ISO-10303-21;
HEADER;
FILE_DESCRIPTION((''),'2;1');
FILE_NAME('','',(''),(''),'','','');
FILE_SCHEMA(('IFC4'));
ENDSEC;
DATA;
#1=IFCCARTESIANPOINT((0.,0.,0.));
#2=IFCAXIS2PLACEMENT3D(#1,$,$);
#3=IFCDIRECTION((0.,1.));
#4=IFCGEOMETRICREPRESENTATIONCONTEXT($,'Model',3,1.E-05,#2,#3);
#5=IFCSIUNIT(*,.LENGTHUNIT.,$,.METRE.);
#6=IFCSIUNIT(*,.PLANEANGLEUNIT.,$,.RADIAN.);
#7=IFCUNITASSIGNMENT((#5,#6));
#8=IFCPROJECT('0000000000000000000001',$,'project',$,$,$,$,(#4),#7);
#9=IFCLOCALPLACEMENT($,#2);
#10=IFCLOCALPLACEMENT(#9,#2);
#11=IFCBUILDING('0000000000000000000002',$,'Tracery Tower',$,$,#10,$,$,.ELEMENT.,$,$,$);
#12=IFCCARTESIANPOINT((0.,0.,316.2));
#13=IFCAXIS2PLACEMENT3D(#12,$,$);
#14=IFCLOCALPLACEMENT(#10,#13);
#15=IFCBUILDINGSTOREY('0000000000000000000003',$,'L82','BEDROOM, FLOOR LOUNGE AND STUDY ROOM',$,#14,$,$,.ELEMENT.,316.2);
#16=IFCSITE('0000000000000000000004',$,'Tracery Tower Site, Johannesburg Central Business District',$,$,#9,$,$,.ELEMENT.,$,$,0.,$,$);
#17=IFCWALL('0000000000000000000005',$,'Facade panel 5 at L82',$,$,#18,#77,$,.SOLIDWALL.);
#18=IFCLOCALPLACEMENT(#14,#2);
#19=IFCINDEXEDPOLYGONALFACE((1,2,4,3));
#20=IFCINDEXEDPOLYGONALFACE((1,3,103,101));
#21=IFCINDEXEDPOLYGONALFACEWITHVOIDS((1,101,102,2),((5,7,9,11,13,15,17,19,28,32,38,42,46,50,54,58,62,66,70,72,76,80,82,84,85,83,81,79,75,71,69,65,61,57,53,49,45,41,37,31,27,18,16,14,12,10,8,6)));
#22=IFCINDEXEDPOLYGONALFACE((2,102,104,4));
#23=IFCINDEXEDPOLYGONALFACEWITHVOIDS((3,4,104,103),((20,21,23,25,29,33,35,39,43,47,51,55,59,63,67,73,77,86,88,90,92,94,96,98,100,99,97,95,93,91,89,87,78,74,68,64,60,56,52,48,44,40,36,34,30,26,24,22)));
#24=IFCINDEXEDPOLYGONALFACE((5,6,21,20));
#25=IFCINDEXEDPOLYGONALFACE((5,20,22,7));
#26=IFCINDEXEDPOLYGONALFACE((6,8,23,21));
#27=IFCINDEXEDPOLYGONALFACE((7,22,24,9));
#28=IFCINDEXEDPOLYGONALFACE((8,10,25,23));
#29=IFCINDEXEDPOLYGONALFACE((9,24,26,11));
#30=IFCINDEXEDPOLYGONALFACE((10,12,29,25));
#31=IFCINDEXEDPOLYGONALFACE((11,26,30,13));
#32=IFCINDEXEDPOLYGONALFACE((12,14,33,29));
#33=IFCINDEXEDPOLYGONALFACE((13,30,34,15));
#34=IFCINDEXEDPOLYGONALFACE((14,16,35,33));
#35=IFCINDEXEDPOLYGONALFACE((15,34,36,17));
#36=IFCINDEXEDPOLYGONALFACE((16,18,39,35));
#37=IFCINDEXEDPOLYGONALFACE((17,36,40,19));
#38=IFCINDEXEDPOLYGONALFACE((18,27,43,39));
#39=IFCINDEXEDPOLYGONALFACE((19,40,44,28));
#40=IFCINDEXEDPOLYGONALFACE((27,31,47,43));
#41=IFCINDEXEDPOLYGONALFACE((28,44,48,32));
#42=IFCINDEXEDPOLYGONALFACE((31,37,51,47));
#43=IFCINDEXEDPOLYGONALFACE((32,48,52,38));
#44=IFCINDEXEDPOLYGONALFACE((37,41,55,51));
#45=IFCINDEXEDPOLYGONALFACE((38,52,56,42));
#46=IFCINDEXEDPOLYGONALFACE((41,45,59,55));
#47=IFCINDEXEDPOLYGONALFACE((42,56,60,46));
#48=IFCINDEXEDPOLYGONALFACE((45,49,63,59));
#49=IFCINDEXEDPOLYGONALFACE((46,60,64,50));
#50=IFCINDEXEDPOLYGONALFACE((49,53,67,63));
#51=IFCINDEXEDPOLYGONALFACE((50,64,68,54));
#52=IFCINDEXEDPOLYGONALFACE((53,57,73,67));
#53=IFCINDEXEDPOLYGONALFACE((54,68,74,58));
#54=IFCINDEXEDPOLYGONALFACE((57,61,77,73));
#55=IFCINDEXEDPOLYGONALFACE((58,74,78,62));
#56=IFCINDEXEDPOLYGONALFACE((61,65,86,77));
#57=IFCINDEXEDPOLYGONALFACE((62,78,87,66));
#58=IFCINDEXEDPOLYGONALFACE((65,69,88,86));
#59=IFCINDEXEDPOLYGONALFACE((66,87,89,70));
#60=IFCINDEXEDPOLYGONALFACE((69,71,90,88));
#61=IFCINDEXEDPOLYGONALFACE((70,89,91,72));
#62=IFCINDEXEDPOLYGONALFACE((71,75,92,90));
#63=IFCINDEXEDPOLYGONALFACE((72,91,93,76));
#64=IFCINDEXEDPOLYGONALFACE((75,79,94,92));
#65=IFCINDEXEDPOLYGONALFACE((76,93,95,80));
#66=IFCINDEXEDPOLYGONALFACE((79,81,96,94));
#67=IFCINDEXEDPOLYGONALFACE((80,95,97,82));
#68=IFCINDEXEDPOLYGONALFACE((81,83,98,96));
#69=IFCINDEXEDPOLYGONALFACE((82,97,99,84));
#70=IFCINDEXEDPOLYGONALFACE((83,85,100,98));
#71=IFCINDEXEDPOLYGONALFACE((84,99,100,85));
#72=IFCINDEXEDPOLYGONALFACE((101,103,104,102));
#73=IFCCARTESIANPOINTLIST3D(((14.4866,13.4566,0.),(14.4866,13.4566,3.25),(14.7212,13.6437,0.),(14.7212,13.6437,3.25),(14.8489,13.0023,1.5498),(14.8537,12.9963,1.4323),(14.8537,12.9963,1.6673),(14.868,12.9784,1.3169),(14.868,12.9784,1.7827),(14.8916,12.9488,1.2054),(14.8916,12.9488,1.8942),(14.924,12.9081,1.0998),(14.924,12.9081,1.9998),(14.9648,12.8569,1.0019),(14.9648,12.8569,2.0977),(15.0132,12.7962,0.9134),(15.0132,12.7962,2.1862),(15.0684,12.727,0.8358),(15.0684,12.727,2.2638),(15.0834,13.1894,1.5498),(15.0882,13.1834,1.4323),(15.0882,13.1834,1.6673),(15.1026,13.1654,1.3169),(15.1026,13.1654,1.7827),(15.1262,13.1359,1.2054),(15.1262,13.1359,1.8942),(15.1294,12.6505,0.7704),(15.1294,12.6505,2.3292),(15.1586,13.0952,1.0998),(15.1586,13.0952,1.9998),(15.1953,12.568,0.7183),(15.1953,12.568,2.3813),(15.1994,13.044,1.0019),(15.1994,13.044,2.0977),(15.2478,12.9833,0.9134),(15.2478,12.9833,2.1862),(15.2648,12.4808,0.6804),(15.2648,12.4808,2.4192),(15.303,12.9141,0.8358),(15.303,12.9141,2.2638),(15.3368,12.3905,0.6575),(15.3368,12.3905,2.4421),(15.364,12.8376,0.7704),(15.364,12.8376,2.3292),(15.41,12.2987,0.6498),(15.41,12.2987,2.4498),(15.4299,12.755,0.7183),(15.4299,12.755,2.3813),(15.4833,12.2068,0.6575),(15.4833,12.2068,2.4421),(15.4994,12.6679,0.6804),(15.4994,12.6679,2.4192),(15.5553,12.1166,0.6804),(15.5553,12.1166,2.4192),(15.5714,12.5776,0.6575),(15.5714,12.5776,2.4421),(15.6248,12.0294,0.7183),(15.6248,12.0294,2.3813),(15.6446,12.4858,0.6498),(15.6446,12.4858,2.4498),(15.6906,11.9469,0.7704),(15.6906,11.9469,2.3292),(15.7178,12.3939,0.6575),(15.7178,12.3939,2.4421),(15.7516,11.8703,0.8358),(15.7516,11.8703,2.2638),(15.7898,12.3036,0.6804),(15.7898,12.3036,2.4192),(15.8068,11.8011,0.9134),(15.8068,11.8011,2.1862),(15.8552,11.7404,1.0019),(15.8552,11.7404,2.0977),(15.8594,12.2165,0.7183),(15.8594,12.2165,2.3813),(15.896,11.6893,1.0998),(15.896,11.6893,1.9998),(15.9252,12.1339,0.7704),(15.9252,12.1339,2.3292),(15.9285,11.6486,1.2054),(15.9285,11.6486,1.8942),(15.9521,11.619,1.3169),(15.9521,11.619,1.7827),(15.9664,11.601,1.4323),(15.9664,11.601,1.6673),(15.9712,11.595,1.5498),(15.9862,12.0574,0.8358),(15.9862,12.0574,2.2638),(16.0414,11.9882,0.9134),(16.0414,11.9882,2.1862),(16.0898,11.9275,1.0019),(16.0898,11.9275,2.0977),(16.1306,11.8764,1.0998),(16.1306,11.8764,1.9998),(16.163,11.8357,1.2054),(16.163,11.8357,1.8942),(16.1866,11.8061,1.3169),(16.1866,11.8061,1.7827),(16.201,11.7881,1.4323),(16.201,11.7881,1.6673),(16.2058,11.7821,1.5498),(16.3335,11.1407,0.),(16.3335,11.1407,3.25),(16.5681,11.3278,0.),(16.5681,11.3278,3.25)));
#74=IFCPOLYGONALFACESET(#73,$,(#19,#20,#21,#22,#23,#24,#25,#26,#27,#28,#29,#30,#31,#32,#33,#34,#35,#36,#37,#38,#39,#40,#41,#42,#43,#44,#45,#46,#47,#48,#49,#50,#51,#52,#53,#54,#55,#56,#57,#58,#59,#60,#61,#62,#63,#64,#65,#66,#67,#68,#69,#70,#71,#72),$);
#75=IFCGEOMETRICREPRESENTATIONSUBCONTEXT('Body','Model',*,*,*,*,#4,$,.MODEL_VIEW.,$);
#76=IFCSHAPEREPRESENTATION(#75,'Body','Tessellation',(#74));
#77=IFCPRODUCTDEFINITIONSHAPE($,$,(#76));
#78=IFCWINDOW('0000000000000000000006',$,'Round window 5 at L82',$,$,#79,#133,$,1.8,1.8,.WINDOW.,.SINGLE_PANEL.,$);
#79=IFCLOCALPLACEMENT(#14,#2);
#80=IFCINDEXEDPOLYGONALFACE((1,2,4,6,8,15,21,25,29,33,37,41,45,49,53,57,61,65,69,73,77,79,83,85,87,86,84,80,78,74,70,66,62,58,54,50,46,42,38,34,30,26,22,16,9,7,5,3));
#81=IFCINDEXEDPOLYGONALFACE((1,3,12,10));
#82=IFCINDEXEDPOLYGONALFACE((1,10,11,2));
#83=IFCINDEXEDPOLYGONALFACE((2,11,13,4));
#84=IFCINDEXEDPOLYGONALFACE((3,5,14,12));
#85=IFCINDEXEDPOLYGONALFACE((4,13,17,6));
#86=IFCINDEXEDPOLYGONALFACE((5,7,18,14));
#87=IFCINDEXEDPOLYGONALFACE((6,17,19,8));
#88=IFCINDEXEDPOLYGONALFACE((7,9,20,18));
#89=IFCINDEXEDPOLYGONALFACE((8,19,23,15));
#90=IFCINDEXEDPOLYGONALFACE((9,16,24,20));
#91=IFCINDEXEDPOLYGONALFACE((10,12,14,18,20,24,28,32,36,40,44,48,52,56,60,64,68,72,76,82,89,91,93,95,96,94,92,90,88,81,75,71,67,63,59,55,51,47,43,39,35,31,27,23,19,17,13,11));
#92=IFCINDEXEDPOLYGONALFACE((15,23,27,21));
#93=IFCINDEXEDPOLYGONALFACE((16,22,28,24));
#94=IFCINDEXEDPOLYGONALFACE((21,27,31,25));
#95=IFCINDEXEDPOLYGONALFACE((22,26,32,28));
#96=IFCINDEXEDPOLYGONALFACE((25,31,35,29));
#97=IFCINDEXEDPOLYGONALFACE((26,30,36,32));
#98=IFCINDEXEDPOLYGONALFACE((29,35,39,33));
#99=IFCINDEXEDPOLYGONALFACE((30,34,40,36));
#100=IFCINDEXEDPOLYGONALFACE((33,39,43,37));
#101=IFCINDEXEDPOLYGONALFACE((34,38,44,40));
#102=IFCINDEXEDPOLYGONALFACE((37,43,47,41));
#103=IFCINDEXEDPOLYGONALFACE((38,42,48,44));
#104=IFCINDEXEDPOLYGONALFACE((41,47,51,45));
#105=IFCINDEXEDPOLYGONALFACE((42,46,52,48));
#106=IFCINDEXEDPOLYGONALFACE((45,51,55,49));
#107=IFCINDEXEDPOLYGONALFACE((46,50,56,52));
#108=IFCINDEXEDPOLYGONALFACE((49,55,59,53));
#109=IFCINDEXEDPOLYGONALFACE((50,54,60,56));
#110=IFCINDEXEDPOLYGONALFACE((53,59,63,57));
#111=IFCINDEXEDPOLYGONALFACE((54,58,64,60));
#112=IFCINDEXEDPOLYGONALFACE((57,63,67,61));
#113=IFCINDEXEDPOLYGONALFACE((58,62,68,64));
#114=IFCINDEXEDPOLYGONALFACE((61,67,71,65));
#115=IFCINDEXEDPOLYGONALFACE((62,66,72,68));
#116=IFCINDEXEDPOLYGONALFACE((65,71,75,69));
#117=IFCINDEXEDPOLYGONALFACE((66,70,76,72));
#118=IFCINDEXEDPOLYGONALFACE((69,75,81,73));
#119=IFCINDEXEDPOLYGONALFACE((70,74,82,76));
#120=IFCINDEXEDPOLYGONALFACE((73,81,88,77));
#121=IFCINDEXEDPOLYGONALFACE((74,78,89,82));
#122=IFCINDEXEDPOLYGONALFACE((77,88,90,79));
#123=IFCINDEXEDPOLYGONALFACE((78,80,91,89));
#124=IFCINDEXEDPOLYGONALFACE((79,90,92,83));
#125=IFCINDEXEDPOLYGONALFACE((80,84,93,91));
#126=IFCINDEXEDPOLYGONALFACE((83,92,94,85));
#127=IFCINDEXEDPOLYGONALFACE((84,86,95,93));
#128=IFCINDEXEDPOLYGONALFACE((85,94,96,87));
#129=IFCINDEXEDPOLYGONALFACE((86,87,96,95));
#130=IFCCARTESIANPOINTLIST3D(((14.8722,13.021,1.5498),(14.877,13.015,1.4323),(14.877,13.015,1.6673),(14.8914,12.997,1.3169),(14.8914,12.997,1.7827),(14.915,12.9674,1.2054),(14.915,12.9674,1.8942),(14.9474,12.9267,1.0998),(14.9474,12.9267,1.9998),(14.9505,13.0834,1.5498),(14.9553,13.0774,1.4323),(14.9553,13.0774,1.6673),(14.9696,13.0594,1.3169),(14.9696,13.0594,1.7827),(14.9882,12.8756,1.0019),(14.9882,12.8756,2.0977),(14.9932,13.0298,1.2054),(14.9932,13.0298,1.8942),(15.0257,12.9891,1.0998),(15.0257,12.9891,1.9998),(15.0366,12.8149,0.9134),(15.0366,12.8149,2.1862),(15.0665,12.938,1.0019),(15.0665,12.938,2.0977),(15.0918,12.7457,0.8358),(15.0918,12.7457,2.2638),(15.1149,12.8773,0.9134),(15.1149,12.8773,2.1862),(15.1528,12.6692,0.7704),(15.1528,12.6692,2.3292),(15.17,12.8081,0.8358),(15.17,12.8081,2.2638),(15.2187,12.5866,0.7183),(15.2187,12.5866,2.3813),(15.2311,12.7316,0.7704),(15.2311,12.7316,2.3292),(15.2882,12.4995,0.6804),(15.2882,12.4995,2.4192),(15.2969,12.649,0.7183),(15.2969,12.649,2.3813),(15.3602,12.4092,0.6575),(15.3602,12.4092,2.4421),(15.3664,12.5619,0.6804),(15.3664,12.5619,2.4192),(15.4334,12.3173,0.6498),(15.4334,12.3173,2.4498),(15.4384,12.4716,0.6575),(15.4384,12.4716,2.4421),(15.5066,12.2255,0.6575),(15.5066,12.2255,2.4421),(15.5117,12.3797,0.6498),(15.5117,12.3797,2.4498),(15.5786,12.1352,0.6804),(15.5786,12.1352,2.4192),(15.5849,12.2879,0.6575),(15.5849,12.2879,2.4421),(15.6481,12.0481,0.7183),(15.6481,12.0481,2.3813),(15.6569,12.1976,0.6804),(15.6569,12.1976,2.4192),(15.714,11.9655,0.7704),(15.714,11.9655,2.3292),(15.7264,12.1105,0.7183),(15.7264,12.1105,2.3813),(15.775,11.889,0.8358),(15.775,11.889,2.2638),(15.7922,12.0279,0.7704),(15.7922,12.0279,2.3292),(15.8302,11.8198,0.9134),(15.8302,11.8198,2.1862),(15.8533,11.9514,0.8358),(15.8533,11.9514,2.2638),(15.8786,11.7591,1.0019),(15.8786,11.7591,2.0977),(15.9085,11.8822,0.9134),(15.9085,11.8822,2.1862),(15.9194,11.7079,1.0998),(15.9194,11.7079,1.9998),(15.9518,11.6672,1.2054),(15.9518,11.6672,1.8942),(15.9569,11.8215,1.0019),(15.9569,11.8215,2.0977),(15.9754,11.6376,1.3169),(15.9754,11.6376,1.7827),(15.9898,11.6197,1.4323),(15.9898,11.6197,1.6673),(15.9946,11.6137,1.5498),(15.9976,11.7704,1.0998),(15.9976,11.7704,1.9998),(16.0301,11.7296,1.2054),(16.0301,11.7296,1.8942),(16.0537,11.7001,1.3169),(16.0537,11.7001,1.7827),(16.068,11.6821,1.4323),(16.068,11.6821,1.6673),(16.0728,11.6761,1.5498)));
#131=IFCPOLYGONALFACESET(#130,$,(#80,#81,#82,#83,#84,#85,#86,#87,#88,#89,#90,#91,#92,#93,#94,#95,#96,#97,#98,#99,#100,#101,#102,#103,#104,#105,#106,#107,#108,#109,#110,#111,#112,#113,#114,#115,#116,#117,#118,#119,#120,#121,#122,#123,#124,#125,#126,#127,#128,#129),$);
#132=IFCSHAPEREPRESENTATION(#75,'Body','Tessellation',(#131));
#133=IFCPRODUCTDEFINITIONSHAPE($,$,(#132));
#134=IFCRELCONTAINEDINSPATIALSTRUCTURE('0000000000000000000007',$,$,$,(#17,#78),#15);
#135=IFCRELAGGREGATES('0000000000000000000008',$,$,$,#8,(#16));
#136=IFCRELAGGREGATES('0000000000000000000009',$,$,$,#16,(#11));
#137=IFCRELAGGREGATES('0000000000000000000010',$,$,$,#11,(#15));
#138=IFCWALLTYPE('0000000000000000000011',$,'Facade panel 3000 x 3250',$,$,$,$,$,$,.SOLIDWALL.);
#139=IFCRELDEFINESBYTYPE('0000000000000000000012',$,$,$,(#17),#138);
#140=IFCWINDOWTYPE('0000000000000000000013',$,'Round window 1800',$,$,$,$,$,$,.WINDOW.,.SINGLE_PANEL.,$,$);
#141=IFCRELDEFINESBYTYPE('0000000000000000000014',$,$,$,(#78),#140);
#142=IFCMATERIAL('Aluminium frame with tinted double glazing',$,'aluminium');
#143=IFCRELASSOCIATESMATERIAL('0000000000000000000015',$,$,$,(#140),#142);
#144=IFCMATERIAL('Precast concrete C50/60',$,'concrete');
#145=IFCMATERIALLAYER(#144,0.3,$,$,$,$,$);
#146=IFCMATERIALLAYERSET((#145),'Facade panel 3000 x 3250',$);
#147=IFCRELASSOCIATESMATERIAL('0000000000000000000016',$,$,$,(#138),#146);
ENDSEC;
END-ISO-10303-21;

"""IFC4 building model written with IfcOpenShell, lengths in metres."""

from ifc_helpers import new_model, si_unit, direction, frame, frame_2d, origin, origin_2d, place, context, subcontext, project, spatial, rectangle, circle, extrude, material, layer, layer_set, type_object, element, fill, save


model = new_model("IFC4")

# Units and contexts
model_context = context("Model", 3, precision=1e-05, world=origin(), true_north=direction((0.0, 1.0)))
body_context = subcontext(model_context, "Body", "Model", "MODEL_VIEW")
ifc_project = project(units=[si_unit("LENGTHUNIT", "METRE"), si_unit("PLANEANGLEUNIT", "RADIAN")], contexts=[model_context])

# Site, building, storey
site_placement = place(None, origin())
site = spatial("IfcSite", under=ifc_project, at=site_placement, Name="Tracery Tower Site, Johannesburg Central Business District", CompositionType="ELEMENT", RefElevation=0.0)
building_placement = place(site_placement, origin())
building = spatial("IfcBuilding", under=site, at=building_placement, Name="Tracery Tower", CompositionType="ELEMENT")
storey_placement = place(building_placement, frame((0.0, 0.0, 316.2)))
storey = spatial("IfcBuildingStorey", under=building, at=storey_placement, Name="L82", Description="BEDROOM, FLOOR LOUNGE AND STUDY ROOM", CompositionType="ELEMENT", Elevation=316.2)

# Wall, opening, window
ifc_material_1 = material(Name="Aluminium frame with tinted double glazing", Category="aluminium")
window_type = type_object("IfcWindowType", Name="Round window 1800", PartitioningType="SINGLE_PANEL", PredefinedType="WINDOW", material=ifc_material_1)
ifc_material_2 = material(Name="Precast concrete C50/60", Category="concrete")
ifc_layer_1 = layer(ifc_material_2, 0.3)
ifc_layer_set_1 = layer_set([ifc_layer_1], Name="Facade panel 3000 x 3250")
wall_type_1 = type_object("IfcWallType", Name="Facade panel 3000 x 3250", PredefinedType="SOLIDWALL", material=ifc_layer_set_1)
wall_1_placement = place(storey_placement, frame((16.4507, 11.2344, 0.0), z_axis=(0.0, 0.0, 1.0), x_axis=(-0.623498, 0.781825, 0.0)))
wall_1 = element("IfcWall", 1, at=wall_1_placement, inside=storey, type_object=wall_type_1, Name="Facade panel 5 at L82", PredefinedType="SOLIDWALL", context=body_context, shape_type="SweptSolid", body=[
    extrude(rectangle(XDim=2.9622, YDim=0.3, at=frame_2d((1.481, 0.0))), origin(), (0.0, 0.0, 1.0), 3.25),
])
opening_1_placement = place(wall_1_placement, frame((1.481, 0.0, 1.5498)))
opening_1 = element("IfcOpeningElement", 2, at=opening_1_placement, cuts=wall_1, PredefinedType="OPENING", context=body_context, shape_type="SweptSolid", body=[
    extrude(circle(Radius=0.9, at=origin_2d()), frame((0.0, 0.1599, 0.0), z_axis=(0.0, -1.0, 0.0), x_axis=(1.0, 0.0, 0.0)), (0.0, 0.0, 1.0), 0.3201),
])
window_1_placement = place(opening_1_placement, origin())
window_1 = element("IfcWindow", 3, at=window_1_placement, inside=storey, type_object=window_type, Name="Round window 5 at L82", OverallHeight=1.8, OverallWidth=1.8, PartitioningType="SINGLE_PANEL", PredefinedType="WINDOW", context=body_context, shape_type="SweptSolid", body=[
    extrude(circle(Radius=0.9, at=origin_2d()), frame((0.0, 0.1201, 0.0), z_axis=(0.0, -1.0, 0.0), x_axis=(1.0, 0.0, 0.0)), (0.0, 0.0, 1.0), 0.1001),
])
fill(opening_1, window_1)

save(model, "model.ifc")
